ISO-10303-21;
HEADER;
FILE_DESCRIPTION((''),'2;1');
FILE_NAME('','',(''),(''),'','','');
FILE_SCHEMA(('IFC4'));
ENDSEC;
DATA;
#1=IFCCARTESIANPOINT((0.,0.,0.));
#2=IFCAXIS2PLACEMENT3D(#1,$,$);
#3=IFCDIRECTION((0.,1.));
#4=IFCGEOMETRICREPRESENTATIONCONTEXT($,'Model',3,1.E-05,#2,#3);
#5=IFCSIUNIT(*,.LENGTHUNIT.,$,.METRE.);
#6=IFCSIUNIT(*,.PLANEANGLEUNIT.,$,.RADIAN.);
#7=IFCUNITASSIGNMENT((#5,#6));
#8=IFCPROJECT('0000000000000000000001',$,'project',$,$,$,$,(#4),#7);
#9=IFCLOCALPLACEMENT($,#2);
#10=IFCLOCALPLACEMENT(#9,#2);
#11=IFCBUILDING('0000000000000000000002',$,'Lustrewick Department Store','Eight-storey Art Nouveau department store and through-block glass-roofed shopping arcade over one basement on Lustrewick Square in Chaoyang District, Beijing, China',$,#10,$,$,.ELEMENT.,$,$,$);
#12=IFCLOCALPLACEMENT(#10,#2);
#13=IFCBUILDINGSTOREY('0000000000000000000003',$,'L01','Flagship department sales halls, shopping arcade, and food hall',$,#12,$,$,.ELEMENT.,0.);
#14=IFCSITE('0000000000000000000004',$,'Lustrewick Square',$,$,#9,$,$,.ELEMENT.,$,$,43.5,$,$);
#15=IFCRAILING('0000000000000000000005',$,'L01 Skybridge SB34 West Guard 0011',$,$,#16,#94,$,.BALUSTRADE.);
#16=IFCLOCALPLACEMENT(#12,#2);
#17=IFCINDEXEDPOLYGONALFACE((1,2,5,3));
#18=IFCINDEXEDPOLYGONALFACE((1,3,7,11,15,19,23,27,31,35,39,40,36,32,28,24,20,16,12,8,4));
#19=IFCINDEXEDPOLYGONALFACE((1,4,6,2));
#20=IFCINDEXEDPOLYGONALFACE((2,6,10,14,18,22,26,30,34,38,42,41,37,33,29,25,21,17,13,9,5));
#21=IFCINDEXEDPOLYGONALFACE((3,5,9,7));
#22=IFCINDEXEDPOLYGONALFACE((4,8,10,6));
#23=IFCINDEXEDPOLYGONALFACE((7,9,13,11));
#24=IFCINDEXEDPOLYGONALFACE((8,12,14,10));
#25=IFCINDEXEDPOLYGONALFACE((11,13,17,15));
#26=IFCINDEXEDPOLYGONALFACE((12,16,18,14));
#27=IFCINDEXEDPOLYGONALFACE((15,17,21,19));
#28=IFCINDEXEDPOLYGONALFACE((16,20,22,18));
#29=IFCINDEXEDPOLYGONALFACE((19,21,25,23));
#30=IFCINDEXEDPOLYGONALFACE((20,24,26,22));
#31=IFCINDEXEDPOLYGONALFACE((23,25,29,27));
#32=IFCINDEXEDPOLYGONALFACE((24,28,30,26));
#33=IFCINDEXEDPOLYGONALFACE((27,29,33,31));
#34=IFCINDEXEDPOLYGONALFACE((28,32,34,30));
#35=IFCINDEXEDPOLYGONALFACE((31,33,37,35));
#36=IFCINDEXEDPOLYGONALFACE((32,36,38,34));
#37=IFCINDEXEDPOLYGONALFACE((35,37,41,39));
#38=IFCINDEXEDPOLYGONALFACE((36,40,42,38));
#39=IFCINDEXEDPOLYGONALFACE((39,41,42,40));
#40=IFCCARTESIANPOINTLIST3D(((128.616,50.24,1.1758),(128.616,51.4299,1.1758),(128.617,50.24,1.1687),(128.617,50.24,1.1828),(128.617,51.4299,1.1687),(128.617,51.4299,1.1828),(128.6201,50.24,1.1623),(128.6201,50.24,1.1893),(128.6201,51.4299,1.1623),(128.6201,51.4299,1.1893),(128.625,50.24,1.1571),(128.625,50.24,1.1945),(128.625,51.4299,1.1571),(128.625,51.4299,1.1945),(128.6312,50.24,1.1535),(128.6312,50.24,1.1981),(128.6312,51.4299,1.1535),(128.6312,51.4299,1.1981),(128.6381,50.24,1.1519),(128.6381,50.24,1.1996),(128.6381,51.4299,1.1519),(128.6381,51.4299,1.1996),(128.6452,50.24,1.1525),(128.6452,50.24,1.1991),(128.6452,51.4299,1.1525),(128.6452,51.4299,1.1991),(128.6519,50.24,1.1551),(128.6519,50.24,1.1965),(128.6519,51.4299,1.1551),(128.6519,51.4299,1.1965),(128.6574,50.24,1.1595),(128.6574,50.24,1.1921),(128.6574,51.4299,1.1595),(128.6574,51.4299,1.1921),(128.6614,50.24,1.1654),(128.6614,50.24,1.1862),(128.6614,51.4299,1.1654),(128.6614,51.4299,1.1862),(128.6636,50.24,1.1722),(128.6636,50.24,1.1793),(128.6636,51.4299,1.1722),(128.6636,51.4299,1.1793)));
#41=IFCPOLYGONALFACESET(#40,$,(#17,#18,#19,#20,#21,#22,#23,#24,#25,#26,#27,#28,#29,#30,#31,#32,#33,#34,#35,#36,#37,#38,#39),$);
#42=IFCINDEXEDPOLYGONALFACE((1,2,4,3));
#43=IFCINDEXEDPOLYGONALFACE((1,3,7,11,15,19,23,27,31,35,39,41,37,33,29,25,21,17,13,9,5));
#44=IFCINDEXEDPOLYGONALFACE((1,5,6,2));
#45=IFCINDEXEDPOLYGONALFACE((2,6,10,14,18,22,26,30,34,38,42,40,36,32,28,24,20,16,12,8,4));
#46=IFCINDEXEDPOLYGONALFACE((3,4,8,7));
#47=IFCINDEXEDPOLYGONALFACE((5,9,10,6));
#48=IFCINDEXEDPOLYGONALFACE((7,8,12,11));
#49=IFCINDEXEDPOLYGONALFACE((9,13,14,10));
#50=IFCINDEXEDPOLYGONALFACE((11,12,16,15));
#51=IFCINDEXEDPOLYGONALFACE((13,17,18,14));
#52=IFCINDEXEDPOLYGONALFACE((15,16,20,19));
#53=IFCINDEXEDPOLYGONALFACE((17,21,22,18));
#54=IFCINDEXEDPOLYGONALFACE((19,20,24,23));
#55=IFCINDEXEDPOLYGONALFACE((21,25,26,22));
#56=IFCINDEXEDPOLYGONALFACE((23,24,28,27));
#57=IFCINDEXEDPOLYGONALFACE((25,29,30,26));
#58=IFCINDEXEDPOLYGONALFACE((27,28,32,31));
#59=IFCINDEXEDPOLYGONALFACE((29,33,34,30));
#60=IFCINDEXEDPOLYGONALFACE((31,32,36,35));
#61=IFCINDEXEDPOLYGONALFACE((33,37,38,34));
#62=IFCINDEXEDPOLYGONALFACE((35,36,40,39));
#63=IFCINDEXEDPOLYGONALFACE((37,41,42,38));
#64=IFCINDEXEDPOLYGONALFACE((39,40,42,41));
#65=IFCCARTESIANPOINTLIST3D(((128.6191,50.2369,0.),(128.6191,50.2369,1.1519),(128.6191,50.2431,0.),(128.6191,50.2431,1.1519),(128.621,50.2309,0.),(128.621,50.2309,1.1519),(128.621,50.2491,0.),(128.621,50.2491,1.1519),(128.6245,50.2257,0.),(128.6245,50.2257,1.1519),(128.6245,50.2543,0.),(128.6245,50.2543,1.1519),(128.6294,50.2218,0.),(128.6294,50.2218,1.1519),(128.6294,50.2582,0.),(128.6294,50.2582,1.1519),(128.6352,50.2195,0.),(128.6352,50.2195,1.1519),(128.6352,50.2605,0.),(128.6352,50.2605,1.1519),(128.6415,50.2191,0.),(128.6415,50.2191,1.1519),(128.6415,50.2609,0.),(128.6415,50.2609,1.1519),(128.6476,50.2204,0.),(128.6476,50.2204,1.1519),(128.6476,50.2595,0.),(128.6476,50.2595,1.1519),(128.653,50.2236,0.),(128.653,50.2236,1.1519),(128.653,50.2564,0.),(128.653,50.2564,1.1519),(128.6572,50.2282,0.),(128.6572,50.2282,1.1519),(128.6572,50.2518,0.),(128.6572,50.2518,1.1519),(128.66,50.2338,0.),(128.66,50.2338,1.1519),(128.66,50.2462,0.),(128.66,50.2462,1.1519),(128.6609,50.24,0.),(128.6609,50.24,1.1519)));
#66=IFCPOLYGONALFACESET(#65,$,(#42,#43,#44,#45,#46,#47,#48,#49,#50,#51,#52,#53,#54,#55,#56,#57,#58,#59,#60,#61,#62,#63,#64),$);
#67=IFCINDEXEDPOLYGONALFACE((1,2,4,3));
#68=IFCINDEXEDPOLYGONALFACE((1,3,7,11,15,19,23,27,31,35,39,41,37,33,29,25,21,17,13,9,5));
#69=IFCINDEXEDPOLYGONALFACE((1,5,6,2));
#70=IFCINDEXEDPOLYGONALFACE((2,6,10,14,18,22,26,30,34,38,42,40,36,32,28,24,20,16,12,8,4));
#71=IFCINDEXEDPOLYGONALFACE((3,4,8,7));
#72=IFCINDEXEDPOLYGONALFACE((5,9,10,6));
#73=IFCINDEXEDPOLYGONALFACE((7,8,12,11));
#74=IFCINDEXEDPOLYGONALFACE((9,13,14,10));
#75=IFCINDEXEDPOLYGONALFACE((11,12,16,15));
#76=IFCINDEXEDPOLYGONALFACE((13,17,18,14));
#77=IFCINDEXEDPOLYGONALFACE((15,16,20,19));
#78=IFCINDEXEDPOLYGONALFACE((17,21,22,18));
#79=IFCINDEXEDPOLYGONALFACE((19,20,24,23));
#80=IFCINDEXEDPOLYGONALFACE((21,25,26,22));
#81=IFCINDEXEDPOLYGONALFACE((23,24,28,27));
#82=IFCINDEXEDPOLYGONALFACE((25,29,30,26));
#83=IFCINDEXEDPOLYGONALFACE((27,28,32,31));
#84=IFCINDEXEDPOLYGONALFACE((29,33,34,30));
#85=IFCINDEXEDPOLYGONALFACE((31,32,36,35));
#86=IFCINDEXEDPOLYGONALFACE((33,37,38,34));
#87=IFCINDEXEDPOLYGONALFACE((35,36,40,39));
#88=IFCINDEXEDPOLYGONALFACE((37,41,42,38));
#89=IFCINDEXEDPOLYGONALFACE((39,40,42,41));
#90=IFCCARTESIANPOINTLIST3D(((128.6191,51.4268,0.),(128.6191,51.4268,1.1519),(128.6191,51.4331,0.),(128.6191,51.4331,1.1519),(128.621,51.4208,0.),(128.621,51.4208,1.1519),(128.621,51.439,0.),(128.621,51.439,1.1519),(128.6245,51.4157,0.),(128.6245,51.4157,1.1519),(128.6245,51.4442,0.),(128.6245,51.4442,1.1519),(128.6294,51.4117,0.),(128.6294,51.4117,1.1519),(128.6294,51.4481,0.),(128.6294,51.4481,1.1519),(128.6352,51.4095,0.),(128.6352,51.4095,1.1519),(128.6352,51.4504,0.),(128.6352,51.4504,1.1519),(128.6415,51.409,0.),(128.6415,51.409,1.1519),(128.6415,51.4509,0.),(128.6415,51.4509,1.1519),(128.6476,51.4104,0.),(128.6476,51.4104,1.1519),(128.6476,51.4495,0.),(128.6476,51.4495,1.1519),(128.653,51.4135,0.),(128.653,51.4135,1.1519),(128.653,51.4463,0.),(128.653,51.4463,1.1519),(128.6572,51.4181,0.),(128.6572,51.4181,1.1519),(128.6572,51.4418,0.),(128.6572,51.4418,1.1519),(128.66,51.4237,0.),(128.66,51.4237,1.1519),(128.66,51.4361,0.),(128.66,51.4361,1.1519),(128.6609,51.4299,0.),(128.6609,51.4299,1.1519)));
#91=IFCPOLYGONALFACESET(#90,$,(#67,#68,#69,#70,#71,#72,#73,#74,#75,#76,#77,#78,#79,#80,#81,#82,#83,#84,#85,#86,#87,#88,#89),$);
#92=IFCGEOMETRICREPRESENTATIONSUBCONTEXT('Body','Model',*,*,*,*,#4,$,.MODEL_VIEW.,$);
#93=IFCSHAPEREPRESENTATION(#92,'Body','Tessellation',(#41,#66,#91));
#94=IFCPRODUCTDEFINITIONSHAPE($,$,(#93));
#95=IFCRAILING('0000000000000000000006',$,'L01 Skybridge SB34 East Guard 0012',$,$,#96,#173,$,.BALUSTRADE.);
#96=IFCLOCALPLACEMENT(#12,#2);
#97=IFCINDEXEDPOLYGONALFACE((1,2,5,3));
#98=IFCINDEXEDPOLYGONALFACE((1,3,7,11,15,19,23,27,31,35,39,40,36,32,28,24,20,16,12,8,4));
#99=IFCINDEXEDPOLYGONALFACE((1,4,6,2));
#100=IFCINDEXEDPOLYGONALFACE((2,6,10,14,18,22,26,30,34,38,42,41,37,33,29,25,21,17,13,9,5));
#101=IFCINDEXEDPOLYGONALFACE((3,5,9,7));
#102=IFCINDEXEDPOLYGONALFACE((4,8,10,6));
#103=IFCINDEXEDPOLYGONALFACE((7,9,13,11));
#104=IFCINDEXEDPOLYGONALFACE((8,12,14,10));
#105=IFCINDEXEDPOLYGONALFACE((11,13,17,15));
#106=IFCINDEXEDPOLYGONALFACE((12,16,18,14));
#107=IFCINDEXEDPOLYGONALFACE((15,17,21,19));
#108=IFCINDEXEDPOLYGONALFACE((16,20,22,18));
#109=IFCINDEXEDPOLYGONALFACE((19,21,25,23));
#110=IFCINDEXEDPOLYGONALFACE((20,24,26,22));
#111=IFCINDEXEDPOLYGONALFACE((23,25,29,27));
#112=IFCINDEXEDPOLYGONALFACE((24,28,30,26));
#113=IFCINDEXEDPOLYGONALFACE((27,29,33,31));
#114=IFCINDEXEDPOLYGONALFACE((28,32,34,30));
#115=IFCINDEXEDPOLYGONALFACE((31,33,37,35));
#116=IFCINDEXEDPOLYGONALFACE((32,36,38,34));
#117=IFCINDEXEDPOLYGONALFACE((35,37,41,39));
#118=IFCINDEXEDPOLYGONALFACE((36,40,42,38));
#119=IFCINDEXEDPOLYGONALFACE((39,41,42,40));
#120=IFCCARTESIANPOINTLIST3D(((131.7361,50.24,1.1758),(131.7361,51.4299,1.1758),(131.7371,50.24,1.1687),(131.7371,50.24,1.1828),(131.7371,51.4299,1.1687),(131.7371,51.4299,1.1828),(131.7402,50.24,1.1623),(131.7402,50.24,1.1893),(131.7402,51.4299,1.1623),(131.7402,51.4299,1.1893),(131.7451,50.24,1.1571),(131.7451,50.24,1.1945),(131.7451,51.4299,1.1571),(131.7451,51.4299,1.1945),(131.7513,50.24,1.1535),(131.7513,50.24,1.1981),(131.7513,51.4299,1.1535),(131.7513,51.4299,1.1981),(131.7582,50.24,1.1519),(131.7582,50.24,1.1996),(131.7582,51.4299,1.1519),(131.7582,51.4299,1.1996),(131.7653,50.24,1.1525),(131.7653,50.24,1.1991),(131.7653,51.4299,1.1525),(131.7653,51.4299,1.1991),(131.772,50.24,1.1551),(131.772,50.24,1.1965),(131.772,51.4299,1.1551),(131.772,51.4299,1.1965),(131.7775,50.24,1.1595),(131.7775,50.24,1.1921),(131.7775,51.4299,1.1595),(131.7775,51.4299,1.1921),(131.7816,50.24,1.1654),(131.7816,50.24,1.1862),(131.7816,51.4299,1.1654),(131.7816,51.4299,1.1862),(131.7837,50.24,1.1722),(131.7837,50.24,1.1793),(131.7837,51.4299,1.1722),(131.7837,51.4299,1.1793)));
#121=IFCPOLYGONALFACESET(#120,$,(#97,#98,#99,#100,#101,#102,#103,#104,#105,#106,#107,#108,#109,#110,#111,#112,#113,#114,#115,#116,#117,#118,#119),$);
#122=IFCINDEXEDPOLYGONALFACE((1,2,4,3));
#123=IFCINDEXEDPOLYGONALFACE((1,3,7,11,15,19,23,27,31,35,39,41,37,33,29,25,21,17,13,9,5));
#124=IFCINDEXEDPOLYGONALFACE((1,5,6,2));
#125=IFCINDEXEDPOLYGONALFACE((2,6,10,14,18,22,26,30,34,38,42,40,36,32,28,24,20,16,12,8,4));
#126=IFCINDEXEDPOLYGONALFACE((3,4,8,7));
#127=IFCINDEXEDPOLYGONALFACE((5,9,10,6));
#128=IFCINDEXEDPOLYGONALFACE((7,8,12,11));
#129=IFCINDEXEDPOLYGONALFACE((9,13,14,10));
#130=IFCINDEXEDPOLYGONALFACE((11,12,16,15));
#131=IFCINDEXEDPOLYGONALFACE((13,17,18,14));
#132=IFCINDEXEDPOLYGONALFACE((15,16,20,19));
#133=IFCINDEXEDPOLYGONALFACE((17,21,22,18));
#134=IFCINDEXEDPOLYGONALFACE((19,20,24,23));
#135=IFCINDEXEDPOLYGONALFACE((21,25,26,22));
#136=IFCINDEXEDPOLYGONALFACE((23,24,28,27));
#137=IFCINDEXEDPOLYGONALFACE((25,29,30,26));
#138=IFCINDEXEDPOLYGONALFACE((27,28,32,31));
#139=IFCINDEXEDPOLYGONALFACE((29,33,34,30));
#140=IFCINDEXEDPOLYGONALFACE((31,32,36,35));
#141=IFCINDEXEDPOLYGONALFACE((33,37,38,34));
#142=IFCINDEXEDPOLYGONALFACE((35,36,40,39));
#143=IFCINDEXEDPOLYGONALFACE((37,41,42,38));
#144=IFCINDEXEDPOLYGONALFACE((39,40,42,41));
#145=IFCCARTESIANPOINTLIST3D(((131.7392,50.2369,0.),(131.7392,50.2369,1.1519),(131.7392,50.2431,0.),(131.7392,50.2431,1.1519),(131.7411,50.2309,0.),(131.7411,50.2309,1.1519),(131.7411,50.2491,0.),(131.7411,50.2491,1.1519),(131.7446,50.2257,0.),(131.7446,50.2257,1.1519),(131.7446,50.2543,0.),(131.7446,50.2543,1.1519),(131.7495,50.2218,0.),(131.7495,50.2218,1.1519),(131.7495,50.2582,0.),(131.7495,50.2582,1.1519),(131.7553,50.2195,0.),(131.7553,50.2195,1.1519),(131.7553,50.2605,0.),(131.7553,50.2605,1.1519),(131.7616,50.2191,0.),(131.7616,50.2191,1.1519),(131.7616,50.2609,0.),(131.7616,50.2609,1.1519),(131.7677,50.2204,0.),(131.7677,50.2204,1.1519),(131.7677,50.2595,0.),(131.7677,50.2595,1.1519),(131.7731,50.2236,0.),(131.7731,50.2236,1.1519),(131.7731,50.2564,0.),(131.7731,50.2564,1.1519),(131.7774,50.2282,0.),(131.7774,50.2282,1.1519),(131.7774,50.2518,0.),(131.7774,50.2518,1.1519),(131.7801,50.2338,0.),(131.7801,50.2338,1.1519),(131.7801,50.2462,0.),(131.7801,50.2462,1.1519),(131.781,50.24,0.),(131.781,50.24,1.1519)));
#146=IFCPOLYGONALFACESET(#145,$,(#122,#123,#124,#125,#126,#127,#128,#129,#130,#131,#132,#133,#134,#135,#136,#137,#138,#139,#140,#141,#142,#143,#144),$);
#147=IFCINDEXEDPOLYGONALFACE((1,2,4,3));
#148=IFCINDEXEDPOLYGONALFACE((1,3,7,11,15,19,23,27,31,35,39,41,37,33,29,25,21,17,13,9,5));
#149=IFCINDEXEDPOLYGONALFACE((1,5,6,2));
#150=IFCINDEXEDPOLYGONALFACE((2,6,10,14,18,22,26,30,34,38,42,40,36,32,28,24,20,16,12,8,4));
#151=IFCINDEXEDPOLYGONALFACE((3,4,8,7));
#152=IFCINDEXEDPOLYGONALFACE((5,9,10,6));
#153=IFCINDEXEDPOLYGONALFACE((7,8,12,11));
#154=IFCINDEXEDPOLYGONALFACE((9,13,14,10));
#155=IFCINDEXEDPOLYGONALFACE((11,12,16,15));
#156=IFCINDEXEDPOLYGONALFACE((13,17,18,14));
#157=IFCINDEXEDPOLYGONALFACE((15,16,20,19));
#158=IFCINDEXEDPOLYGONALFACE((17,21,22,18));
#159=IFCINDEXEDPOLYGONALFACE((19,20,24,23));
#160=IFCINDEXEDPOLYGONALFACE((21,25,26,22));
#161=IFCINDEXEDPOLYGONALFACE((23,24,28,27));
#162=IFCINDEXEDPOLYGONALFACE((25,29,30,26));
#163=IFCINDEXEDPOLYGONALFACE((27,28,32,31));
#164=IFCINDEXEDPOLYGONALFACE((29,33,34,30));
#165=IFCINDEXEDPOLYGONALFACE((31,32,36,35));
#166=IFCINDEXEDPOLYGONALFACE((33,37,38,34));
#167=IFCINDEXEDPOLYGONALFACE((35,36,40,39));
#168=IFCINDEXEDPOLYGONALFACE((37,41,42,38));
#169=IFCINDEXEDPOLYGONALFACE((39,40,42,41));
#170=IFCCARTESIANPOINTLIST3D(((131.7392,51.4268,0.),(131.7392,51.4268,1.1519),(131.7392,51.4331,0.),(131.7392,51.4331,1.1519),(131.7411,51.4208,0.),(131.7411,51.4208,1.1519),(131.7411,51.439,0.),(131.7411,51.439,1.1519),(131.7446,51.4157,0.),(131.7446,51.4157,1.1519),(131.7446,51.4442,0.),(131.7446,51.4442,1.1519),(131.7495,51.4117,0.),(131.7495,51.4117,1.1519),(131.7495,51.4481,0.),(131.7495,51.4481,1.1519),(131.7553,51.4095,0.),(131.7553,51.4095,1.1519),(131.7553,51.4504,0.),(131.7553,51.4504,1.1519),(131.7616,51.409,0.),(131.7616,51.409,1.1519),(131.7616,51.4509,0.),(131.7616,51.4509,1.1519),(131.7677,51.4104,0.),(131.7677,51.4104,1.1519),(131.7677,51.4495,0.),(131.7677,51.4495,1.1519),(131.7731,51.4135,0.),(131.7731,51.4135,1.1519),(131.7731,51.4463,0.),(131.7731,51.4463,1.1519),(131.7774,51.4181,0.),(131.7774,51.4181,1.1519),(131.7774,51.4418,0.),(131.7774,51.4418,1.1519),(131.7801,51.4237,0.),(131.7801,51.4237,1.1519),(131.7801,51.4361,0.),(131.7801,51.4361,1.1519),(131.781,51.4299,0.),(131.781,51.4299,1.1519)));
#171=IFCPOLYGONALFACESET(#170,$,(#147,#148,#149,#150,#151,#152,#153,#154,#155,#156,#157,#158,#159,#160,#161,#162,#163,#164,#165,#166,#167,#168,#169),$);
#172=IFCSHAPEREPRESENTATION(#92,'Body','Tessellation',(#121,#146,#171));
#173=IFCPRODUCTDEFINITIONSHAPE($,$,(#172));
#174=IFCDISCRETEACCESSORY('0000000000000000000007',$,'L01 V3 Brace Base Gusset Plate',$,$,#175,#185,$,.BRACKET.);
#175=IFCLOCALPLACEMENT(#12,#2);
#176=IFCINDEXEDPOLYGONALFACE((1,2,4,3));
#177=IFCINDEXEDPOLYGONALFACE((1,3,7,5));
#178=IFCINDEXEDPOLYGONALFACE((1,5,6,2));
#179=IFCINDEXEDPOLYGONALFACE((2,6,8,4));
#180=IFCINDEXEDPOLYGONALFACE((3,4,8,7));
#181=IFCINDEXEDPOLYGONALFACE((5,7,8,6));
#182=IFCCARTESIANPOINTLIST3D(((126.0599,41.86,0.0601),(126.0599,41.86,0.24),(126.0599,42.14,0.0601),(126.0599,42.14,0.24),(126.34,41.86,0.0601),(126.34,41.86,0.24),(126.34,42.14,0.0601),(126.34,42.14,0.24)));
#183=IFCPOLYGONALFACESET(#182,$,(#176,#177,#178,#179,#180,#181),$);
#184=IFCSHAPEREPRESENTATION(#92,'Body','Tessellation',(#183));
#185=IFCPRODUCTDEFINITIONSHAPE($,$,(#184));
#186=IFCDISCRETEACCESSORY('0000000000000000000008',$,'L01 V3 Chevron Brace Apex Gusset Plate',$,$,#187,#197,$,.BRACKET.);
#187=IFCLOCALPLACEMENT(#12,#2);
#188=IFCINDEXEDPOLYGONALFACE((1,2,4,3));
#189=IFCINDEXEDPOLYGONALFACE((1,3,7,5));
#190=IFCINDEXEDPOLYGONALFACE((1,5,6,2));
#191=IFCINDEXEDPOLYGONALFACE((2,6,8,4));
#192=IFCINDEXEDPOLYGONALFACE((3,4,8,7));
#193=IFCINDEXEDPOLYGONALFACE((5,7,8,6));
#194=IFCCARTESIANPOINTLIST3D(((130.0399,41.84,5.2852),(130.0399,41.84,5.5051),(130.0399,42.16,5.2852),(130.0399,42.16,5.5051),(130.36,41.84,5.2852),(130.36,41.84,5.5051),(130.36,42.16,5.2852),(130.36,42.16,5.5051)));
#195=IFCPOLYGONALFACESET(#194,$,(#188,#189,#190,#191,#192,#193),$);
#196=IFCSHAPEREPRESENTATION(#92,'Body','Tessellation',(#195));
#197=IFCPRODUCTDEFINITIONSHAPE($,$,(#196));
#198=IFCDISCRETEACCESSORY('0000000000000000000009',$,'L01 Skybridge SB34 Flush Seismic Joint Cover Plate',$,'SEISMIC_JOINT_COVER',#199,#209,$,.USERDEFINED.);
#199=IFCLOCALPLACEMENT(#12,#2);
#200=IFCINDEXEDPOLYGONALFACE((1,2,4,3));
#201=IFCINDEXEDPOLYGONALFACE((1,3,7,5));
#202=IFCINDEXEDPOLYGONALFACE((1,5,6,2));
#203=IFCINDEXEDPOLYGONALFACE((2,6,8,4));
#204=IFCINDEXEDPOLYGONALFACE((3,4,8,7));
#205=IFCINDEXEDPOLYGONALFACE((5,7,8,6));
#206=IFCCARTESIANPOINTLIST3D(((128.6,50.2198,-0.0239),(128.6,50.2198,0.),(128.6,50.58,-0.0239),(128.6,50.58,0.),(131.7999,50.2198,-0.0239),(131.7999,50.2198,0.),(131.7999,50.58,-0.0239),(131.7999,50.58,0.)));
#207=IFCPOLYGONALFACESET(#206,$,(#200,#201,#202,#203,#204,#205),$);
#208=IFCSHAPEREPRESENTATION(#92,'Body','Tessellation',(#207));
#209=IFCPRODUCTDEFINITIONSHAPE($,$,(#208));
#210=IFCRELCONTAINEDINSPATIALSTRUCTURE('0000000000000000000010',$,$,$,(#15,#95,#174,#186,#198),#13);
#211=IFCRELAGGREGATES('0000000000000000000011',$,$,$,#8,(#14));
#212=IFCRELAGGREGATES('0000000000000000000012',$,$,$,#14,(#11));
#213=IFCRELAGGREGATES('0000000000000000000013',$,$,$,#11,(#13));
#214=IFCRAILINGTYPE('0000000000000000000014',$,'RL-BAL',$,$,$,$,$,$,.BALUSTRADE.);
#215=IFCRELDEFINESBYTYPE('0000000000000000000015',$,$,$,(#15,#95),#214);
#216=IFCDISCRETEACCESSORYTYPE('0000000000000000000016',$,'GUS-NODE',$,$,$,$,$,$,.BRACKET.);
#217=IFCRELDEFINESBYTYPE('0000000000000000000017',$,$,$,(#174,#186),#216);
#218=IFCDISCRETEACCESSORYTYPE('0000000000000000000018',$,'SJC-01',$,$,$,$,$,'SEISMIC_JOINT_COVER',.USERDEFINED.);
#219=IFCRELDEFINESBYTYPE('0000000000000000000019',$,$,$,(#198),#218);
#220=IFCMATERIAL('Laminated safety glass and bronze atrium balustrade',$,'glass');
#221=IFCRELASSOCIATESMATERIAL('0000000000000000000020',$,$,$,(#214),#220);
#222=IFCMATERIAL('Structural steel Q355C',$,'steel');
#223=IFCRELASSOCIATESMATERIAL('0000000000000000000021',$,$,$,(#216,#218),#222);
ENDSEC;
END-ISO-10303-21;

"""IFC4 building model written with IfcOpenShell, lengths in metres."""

from ifc_helpers import new_model, si_unit, direction, frame, origin, origin_2d, place, context, subcontext, project, spatial, rectangle, circle, extrude, material, type_object, element, save


model = new_model("IFC4")

# Units and contexts
model_context = context("Model", 3, precision=1e-05, world=origin(), true_north=direction((0.0, 1.0)))
body_context = subcontext(model_context, "Body", "Model", "MODEL_VIEW")
ifc_project = project(units=[si_unit("LENGTHUNIT", "METRE"), si_unit("PLANEANGLEUNIT", "RADIAN")], contexts=[model_context])

# Site, building, storey
site_placement = place(None, origin())
site = spatial("IfcSite", under=ifc_project, at=site_placement, Name="Lustrewick Square", CompositionType="ELEMENT", RefElevation=43.5)
building_placement = place(site_placement, origin())
building = spatial("IfcBuilding", under=site, at=building_placement, Name="Lustrewick Department Store", Description="Eight-storey Art Nouveau department store and through-block glass-roofed shopping arcade over one basement on Lustrewick Square in Chaoyang District, Beijing, China", CompositionType="ELEMENT")
storey_placement = place(building_placement, origin())
storey = spatial("IfcBuildingStorey", under=building, at=storey_placement, Name="L01", Description="Flagship department sales halls, shopping arcade, and food hall", CompositionType="ELEMENT", Elevation=0.0)

# Shared definitions
ifc_material_1 = material(Name="Structural steel Q355C", Category="steel")

# Railings
ifc_material_2 = material(Name="Laminated safety glass and bronze atrium balustrade", Category="glass")
railing_type = type_object("IfcRailingType", Name="RL-BAL", PredefinedType="BALUSTRADE", material=ifc_material_2)
for number, where, name in (
    (1, (128.6399, 50.24, 0.0), "L01 Skybridge SB34 West Guard 0011"),
    (2, (131.76, 50.24, 0.0), "L01 Skybridge SB34 East Guard 0012"),
):
    element("IfcRailing", number, at=place(storey_placement, frame(where)), inside=storey, type_object=railing_type, Name=name, PredefinedType="BALUSTRADE", context=body_context, shape_type="SweptSolid", body=[
        extrude(circle(Radius=0.0239, at=origin_2d()), frame((0.0, 0.0, 1.1758), z_axis=(0.0, 1.0, 0.0), x_axis=(-1.0, 0.0, 0.0)), (0.0, 0.0, 1.0), 1.1899),
        extrude(circle(Radius=0.021, at=origin_2d()), origin(), (0.0, 0.0, 1.0), 1.1519),
        extrude(circle(Radius=0.021, at=origin_2d()), frame((0.0, 1.1899, 0.0)), (0.0, 0.0, 1.0), 1.1519),
    ])

# Discrete accessories
discrete_accessory_type_1 = type_object("IfcDiscreteAccessoryType", Name="GUS-NODE", PredefinedType="BRACKET", material=ifc_material_1)
discrete_accessory_1_placement = place(storey_placement, frame((126.2, 42.0, 0.0601), z_axis=(0.0, 0.0, 1.0), x_axis=(1.0, 0.0, 0.0)))
element("IfcDiscreteAccessory", 3, at=discrete_accessory_1_placement, inside=storey, type_object=discrete_accessory_type_1, Name="L01 V3 Brace Base Gusset Plate", PredefinedType="BRACKET", context=body_context, shape_type="SweptSolid", body=[
    extrude(rectangle(XDim=0.28, YDim=0.28, at=origin_2d()), origin(), (0.0, 0.0, 1.0), 0.1799),
])
discrete_accessory_2_placement = place(storey_placement, frame((130.2, 42.0, 5.2852), z_axis=(0.0, 0.0, 1.0), x_axis=(1.0, 0.0, 0.0)))
element("IfcDiscreteAccessory", 4, at=discrete_accessory_2_placement, inside=storey, type_object=discrete_accessory_type_1, Name="L01 V3 Chevron Brace Apex Gusset Plate", PredefinedType="BRACKET", context=body_context, shape_type="SweptSolid", body=[
    extrude(rectangle(XDim=0.3201, YDim=0.3201, at=origin_2d()), origin(), (0.0, 0.0, 1.0), 0.22),
])
discrete_accessory_type_2 = type_object("IfcDiscreteAccessoryType", Name="SJC-01", ElementType="SEISMIC_JOINT_COVER", PredefinedType="USERDEFINED", material=ifc_material_1)
discrete_accessory_3_placement = place(storey_placement, frame((130.2, 50.3999, -0.0239), z_axis=(0.0, 0.0, 1.0), x_axis=(1.0, 0.0, 0.0)))
element("IfcDiscreteAccessory", 5, at=discrete_accessory_3_placement, inside=storey, type_object=discrete_accessory_type_2, Name="L01 Skybridge SB34 Flush Seismic Joint Cover Plate", ObjectType="SEISMIC_JOINT_COVER", PredefinedType="USERDEFINED", context=body_context, shape_type="SweptSolid", body=[
    extrude(rectangle(XDim=3.2, YDim=0.3601, at=origin_2d()), origin(), (0.0, 0.0, 1.0), 0.0239),
])

save(model, "model.ifc")
